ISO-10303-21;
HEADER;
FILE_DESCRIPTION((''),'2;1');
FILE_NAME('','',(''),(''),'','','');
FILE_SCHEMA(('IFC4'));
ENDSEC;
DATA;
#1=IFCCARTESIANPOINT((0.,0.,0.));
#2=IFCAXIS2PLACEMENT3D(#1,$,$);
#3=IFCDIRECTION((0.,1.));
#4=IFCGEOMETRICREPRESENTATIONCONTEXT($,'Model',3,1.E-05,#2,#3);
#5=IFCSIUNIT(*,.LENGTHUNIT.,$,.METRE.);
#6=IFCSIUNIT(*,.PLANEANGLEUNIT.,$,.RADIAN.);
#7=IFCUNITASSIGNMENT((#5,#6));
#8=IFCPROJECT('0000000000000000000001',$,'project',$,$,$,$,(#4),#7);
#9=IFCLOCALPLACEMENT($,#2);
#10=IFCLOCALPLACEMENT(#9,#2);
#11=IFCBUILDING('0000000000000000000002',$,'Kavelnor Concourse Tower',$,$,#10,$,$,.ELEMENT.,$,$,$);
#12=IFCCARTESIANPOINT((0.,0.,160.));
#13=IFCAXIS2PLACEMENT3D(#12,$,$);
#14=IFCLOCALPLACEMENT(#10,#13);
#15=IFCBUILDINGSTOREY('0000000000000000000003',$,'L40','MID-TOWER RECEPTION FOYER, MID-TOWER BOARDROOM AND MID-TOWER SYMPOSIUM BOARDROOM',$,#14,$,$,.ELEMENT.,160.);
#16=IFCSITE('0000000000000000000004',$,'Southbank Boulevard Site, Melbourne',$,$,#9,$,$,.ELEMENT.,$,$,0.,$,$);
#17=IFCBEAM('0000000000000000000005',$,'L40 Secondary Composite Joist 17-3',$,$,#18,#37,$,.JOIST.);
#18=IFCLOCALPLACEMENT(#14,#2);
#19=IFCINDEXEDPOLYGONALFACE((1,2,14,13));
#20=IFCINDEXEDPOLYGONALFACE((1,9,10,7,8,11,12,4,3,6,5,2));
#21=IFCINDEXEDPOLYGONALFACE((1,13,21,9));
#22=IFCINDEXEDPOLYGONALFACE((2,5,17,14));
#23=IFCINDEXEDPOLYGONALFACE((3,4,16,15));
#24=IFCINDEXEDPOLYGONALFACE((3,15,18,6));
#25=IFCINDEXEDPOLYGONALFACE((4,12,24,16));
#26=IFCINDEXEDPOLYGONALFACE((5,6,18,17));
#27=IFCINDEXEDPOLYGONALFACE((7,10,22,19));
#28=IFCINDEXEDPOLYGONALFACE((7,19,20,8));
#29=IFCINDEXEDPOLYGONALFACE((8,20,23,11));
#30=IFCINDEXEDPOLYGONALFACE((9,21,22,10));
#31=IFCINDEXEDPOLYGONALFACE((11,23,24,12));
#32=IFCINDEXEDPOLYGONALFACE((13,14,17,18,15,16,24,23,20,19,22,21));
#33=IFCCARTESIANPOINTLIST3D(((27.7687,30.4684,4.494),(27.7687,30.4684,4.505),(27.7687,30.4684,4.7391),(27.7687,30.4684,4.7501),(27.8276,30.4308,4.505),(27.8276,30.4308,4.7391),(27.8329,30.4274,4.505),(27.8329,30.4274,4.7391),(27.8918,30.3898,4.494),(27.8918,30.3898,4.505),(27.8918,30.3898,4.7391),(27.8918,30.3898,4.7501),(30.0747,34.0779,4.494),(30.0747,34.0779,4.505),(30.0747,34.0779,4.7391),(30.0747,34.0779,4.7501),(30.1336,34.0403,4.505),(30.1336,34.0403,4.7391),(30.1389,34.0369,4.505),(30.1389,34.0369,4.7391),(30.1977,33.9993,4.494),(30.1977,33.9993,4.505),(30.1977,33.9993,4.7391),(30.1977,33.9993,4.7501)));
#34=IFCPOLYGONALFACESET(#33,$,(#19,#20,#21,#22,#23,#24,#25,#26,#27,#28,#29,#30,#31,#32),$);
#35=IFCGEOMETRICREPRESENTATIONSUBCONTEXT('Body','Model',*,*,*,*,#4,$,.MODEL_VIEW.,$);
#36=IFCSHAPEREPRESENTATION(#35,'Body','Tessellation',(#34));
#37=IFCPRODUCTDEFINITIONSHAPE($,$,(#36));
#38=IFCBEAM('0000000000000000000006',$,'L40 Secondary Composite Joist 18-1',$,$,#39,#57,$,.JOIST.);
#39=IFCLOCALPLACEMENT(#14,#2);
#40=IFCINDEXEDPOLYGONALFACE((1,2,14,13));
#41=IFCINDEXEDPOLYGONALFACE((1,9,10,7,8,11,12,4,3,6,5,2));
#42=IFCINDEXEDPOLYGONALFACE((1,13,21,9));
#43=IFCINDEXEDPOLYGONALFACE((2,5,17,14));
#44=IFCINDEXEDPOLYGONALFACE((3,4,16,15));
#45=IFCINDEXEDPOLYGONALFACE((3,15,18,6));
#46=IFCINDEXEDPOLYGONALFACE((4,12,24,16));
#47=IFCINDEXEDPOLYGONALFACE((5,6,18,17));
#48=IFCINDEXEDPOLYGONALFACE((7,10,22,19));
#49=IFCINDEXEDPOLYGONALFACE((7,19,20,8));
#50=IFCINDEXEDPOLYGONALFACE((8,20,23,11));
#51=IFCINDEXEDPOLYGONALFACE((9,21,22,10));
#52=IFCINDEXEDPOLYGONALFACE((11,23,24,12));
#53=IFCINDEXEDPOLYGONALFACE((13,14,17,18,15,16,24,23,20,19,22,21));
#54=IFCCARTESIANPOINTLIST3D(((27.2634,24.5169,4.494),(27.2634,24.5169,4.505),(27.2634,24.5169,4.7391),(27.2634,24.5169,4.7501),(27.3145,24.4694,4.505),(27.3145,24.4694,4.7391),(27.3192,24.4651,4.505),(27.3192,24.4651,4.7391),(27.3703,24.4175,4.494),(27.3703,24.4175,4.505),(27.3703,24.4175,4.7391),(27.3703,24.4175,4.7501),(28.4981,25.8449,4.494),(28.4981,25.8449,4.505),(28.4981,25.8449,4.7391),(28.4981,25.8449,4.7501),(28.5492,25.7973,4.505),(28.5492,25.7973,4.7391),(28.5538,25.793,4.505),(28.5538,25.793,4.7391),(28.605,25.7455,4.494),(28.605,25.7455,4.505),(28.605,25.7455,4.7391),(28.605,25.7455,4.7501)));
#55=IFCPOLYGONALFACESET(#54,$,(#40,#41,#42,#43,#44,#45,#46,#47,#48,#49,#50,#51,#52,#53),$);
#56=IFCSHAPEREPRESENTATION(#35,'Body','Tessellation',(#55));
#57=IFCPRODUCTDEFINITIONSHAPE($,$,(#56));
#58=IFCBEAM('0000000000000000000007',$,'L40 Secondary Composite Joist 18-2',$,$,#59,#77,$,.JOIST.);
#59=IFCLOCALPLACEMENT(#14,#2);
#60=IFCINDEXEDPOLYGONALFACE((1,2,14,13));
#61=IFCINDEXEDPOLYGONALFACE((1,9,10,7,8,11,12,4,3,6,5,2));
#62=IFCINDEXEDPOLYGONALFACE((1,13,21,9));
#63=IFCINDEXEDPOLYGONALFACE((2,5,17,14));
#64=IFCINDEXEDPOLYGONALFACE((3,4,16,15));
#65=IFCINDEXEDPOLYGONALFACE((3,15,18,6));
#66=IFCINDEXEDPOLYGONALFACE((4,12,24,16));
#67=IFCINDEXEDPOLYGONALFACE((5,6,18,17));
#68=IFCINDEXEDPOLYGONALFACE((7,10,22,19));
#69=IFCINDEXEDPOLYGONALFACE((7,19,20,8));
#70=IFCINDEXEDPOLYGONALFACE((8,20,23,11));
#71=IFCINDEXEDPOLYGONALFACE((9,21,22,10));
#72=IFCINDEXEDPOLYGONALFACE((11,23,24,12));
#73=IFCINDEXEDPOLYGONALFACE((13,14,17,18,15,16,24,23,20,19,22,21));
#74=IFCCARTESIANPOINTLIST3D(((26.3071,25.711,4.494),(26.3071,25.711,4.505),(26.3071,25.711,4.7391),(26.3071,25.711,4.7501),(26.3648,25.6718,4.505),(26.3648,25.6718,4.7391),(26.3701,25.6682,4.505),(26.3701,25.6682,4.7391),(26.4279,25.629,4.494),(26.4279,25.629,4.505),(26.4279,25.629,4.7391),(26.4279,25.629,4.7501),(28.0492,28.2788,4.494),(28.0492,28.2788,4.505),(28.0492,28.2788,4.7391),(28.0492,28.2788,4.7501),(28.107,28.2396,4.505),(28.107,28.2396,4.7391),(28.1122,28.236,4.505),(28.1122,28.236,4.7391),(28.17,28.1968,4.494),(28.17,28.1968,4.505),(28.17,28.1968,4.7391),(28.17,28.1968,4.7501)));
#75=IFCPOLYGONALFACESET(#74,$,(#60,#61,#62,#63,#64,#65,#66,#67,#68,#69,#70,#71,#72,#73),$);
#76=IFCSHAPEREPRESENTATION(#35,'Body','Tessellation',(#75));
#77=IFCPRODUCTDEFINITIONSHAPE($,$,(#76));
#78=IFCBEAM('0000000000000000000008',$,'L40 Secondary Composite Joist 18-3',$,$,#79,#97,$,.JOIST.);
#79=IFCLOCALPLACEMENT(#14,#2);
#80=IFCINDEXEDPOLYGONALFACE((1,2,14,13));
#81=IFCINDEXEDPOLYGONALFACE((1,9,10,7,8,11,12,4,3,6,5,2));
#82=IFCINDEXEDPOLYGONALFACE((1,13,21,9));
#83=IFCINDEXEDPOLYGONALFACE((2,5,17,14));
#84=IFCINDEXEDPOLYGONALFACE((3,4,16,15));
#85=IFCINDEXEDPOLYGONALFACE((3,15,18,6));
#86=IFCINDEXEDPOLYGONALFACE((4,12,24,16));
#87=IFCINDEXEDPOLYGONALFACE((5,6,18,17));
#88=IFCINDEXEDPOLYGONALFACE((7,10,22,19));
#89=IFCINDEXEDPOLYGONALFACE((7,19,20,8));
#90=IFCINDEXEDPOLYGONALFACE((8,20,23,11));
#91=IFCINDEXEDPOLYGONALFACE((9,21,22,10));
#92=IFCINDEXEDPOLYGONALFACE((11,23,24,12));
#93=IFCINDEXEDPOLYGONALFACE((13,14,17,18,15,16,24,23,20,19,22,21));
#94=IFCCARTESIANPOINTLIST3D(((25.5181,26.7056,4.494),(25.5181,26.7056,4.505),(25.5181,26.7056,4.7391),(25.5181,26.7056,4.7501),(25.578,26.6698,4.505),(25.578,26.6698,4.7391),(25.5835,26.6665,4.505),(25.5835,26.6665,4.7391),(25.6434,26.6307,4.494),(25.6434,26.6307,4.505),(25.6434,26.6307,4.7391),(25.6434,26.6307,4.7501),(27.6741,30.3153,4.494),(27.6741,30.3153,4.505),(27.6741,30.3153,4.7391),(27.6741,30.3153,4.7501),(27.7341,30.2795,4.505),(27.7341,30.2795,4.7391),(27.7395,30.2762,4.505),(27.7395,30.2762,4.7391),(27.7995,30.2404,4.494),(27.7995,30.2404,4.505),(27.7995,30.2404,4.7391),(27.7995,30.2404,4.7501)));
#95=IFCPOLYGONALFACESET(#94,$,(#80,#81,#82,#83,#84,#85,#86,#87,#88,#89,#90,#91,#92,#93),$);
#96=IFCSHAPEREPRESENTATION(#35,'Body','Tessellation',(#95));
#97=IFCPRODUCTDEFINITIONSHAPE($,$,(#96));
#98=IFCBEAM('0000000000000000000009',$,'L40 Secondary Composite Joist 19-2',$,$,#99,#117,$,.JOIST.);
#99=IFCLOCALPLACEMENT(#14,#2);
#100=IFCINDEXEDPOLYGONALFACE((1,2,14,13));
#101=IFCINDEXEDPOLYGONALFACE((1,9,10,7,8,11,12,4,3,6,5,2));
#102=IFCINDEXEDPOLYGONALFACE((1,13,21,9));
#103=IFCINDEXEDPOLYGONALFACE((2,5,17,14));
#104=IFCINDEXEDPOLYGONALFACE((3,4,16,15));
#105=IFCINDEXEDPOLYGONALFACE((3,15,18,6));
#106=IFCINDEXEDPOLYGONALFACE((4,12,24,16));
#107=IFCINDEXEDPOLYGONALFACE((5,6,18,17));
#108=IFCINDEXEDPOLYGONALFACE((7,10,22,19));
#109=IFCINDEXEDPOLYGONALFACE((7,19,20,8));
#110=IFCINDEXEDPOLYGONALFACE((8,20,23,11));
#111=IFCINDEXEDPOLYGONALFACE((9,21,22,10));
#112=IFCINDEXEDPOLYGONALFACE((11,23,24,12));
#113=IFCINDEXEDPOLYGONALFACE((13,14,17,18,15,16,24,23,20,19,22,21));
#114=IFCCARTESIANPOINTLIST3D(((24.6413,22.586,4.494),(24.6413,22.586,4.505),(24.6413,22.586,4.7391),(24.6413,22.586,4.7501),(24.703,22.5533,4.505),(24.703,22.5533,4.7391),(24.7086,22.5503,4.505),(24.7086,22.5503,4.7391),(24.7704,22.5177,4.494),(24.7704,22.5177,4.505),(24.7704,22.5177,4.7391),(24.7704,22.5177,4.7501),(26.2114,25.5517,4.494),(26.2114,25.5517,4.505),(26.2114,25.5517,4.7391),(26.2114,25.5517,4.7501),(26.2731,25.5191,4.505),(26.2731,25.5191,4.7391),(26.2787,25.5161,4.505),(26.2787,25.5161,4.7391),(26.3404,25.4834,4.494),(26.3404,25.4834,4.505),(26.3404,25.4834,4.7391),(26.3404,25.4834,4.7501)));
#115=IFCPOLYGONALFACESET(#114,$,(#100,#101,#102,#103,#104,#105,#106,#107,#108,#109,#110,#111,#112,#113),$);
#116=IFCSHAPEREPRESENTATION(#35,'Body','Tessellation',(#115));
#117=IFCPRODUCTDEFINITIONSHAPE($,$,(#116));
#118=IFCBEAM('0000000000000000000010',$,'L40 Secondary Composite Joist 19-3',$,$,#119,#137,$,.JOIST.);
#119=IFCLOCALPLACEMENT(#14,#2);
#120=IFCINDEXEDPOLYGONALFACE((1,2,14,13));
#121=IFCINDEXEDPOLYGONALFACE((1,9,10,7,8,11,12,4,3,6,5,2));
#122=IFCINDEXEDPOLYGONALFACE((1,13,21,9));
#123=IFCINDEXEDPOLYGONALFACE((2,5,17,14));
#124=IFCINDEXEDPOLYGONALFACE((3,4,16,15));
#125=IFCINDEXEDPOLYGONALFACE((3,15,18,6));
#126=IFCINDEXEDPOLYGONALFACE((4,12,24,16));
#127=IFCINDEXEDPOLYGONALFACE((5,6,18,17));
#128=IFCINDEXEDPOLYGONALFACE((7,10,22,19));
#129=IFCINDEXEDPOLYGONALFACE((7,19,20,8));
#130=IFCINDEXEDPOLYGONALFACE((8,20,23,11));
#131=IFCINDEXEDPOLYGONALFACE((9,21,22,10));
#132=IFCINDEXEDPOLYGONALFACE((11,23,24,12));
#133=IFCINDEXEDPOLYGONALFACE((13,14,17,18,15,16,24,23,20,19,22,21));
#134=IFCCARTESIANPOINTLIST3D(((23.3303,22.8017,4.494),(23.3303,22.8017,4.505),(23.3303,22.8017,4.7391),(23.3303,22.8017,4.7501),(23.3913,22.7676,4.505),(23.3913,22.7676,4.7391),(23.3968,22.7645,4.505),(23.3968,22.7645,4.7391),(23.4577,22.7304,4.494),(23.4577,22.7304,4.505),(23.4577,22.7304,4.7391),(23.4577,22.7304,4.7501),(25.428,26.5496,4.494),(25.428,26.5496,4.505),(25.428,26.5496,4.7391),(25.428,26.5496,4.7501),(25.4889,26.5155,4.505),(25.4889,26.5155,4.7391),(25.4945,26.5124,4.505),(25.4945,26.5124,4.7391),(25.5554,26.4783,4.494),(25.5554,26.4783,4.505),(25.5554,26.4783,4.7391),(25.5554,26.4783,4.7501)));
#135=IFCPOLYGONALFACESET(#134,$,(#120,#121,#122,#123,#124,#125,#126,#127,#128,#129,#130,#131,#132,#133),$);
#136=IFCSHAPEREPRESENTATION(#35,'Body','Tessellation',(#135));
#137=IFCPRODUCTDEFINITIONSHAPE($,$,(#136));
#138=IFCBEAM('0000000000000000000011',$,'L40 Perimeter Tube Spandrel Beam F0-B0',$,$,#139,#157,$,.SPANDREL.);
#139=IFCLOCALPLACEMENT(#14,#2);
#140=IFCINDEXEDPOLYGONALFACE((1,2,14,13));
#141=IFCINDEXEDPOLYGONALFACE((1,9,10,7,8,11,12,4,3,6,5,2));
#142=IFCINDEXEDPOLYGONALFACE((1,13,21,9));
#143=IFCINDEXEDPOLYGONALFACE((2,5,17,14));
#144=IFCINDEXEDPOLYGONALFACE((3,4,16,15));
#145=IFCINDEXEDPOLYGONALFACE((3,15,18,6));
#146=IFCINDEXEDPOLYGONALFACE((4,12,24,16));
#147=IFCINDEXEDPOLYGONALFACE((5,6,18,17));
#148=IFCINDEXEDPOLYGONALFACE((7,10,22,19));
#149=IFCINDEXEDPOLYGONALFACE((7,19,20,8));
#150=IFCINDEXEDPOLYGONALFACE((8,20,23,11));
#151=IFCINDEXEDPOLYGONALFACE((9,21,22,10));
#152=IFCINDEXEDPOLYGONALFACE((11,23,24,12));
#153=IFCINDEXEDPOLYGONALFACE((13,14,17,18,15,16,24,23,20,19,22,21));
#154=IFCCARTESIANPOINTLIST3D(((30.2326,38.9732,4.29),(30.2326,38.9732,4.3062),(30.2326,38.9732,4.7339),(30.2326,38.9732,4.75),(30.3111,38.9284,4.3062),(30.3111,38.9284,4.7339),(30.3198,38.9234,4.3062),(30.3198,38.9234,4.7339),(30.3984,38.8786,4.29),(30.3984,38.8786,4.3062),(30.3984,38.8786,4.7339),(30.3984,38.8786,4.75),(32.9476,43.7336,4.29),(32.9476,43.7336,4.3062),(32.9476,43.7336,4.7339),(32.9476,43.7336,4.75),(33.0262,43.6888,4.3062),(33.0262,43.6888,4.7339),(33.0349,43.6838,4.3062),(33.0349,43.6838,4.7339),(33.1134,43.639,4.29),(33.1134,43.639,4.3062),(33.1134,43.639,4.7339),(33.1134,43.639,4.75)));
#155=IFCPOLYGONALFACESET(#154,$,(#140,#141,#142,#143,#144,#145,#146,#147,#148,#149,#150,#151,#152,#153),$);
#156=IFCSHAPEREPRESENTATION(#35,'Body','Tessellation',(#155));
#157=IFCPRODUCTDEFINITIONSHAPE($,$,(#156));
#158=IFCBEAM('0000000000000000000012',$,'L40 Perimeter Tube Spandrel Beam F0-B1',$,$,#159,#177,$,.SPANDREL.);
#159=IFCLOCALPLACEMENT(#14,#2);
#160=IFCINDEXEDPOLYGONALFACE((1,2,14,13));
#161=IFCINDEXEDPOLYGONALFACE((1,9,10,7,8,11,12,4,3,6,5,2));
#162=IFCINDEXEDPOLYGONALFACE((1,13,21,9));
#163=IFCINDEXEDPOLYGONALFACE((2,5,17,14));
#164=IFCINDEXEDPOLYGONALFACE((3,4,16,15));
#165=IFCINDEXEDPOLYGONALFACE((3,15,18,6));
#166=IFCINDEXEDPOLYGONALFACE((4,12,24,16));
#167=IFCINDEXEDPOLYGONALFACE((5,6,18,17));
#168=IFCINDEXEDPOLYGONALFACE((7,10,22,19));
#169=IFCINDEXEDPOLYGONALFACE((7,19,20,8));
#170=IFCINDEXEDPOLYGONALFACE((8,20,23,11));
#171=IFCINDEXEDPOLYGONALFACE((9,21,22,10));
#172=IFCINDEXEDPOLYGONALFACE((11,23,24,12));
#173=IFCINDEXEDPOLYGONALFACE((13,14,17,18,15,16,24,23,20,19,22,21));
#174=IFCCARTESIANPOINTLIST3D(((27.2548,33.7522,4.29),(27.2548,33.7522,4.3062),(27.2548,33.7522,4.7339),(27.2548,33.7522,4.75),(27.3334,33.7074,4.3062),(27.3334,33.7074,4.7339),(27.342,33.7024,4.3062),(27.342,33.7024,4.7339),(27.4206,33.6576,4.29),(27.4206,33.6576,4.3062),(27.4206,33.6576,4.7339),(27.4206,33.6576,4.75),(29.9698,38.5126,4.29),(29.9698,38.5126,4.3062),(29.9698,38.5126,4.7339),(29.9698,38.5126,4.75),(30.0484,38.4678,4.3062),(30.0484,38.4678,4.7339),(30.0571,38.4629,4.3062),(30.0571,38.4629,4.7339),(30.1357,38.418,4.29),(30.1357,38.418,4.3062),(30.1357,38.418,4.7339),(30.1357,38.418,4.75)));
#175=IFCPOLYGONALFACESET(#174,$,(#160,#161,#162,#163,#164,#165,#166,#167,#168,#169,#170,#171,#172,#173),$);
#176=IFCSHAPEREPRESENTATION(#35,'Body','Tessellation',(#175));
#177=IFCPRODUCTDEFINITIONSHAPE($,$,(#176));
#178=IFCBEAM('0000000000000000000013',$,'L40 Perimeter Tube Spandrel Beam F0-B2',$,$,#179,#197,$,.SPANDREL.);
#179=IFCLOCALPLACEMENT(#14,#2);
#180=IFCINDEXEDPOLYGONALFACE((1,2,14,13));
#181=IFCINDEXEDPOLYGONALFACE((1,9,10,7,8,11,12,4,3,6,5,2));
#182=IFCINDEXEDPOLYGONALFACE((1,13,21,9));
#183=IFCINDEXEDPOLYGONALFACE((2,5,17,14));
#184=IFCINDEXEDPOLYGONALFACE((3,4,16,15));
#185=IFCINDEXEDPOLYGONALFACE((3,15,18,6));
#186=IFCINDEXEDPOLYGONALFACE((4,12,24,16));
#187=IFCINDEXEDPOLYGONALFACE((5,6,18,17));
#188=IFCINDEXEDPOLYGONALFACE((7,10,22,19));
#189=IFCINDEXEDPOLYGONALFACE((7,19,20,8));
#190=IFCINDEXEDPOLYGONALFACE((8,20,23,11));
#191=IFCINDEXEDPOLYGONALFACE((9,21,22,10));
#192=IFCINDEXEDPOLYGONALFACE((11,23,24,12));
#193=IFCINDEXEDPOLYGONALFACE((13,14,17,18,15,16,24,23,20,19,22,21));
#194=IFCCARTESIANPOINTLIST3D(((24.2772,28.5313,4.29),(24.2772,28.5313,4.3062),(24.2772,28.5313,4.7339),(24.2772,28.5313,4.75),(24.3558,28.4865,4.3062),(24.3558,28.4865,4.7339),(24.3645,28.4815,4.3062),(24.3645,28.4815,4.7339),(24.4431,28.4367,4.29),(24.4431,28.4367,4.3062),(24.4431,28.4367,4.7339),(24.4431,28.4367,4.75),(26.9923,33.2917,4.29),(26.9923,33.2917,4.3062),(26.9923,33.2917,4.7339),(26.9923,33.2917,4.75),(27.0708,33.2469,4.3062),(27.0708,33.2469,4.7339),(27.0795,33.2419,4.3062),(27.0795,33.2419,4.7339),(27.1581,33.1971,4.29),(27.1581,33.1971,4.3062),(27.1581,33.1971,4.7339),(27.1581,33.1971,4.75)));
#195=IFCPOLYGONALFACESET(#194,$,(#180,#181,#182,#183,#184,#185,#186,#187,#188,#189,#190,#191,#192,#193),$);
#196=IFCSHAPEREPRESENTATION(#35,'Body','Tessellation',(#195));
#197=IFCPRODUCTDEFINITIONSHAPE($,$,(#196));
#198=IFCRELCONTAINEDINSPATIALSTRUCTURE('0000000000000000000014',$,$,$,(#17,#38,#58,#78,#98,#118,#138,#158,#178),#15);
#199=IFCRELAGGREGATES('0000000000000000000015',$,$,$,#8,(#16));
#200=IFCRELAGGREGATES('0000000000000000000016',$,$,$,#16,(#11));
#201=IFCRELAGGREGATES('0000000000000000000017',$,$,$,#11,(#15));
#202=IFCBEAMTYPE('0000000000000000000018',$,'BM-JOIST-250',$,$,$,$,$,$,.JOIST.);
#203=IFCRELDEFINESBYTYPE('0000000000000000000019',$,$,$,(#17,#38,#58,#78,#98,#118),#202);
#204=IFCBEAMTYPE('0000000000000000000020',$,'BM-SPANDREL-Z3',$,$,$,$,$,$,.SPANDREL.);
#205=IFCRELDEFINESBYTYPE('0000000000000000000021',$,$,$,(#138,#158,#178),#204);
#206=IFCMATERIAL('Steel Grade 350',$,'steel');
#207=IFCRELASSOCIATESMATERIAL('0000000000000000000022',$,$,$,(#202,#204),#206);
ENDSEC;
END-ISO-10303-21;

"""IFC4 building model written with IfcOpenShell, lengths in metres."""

from ifc_helpers import new_model, si_unit, direction, frame, origin, origin_2d, place, context, subcontext, project, spatial, i_section, extrude, material, material_profile, profile_set, type_object, element, save


model = new_model("IFC4")

# Units and contexts
model_context = context("Model", 3, precision=1e-05, world=origin(), true_north=direction((0.0, 1.0)))
body_context = subcontext(model_context, "Body", "Model", "MODEL_VIEW")
ifc_project = project(units=[si_unit("LENGTHUNIT", "METRE"), si_unit("PLANEANGLEUNIT", "RADIAN")], contexts=[model_context])

# Site, building, storey
site_placement = place(None, origin())
site = spatial("IfcSite", under=ifc_project, at=site_placement, Name="Southbank Boulevard Site, Melbourne", CompositionType="ELEMENT", RefElevation=0.0)
building_placement = place(site_placement, origin())
building = spatial("IfcBuilding", under=site, at=building_placement, Name="Kavelnor Concourse Tower", CompositionType="ELEMENT")
storey_placement = place(building_placement, frame((0.0, 0.0, 160.0)))
storey = spatial("IfcBuildingStorey", under=building, at=storey_placement, Name="L40", Description="MID-TOWER RECEPTION FOYER, MID-TOWER BOARDROOM AND MID-TOWER SYMPOSIUM BOARDROOM", CompositionType="ELEMENT", Elevation=160.0)

# Shared definitions
ifc_material_1 = material(Name="Steel Grade 350", Category="steel")

# Beams
ifc_material_profile_1 = material_profile(ifc_material_1, i_section(OverallWidth=0.146, OverallDepth=0.2561, WebThickness=0.0063, FlangeThickness=0.011, at=origin_2d()), Name="250UB37")
ifc_profile_set_1 = profile_set([ifc_material_profile_1], Name="Steel Grade 350")
beam_type_1 = type_object("IfcBeamType", Name="BM-JOIST-250", PredefinedType="JOIST", material=ifc_profile_set_1)
beam_1_placement = place(storey_placement, frame((30.1362, 34.0386, 4.6221), z_axis=(-0.538376, -0.842705, 0.0), x_axis=(0.842705, -0.538376, 0.0)))
element("IfcBeam", 1, at=beam_1_placement, inside=storey, type_object=beam_type_1, Name="L40 Secondary Composite Joist 17-3", PredefinedType="JOIST", context=body_context, shape_type="SweptSolid", body=[
    extrude(i_section(OverallWidth=0.146, OverallDepth=0.2561, WebThickness=0.0063, FlangeThickness=0.011, at=origin_2d()), origin(), (0.0, 0.0, 1.0), 4.2832),
])
beam_2_placement = place(storey_placement, frame((28.5515, 25.7952, 4.6221), z_axis=(-0.680921, -0.732357, 0.0), x_axis=(0.732357, -0.680921, 0.0)))
element("IfcBeam", 2, at=beam_2_placement, inside=storey, type_object=beam_type_1, Name="L40 Secondary Composite Joist 18-1", PredefinedType="JOIST", context=body_context, shape_type="SweptSolid", body=[
    extrude(i_section(OverallWidth=0.146, OverallDepth=0.2561, WebThickness=0.0063, FlangeThickness=0.011, at=origin_2d()), origin(), (0.0, 0.0, 1.0), 1.8132),
])
beam_3_placement = place(storey_placement, frame((28.1096, 28.2378, 4.6221), z_axis=(-0.561436, -0.82752, 0.0), x_axis=(0.82752, -0.561436, 0.0)))
element("IfcBeam", 3, at=beam_3_placement, inside=storey, type_object=beam_type_1, Name="L40 Secondary Composite Joist 18-2", PredefinedType="JOIST", context=body_context, shape_type="SweptSolid", body=[
    extrude(i_section(OverallWidth=0.146, OverallDepth=0.2561, WebThickness=0.0063, FlangeThickness=0.011, at=origin_2d()), origin(), (0.0, 0.0, 1.0), 3.103),
])
beam_4_placement = place(storey_placement, frame((27.7368, 30.2778, 4.6221), z_axis=(-0.512787, -0.858516, 0.0), x_axis=(0.858516, -0.512787, 0.0)))
element("IfcBeam", 4, at=beam_4_placement, inside=storey, type_object=beam_type_1, Name="L40 Secondary Composite Joist 18-3", PredefinedType="JOIST", context=body_context, shape_type="SweptSolid", body=[
    extrude(i_section(OverallWidth=0.146, OverallDepth=0.2561, WebThickness=0.0063, FlangeThickness=0.011, at=origin_2d()), origin(), (0.0, 0.0, 1.0), 4.2046),
])
beam_5_placement = place(storey_placement, frame((26.2759, 25.5176, 4.6221), z_axis=(-0.467871, -0.883797, 0.0), x_axis=(0.883797, -0.467871, 0.0)))
element("IfcBeam", 5, at=beam_5_placement, inside=storey, type_object=beam_type_1, Name="L40 Secondary Composite Joist 19-2", PredefinedType="JOIST", context=body_context, shape_type="SweptSolid", body=[
    extrude(i_section(OverallWidth=0.146, OverallDepth=0.2561, WebThickness=0.0063, FlangeThickness=0.011, at=origin_2d()), origin(), (0.0, 0.0, 1.0), 3.3557),
])
beam_6_placement = place(storey_placement, frame((25.4917, 26.5139, 4.6221), z_axis=(-0.488406, -0.872616, 0.0), x_axis=(0.872616, -0.488406, 0.0)))
element("IfcBeam", 6, at=beam_6_placement, inside=storey, type_object=beam_type_1, Name="L40 Secondary Composite Joist 19-3", PredefinedType="JOIST", context=body_context, shape_type="SweptSolid", body=[
    extrude(i_section(OverallWidth=0.146, OverallDepth=0.2561, WebThickness=0.0063, FlangeThickness=0.011, at=origin_2d()), origin(), (0.0, 0.0, 1.0), 4.2949),
])
ifc_material_profile_2 = material_profile(ifc_material_1, i_section(OverallWidth=0.1909, OverallDepth=0.46, WebThickness=0.01, FlangeThickness=0.0161, at=origin_2d()), Name="460UB82")
ifc_profile_set_2 = profile_set([ifc_material_profile_2], Name="Steel Grade 350")
beam_type_2 = type_object("IfcBeamType", Name="BM-SPANDREL-Z3", PredefinedType="SPANDREL", material=ifc_profile_set_2)
for number, where, z_axis, x_axis, name in (
    (7, (33.0305, 43.6863, 4.52), (-0.495424, -0.868651, 0.0), (0.868651, -0.495424, 0.0), "L40 Perimeter Tube Spandrel Beam F0-B0"),
    (8, (30.0527, 38.4653, 4.52), (-0.495424, -0.868651, 0.0), (0.868651, -0.495424, 0.0), "L40 Perimeter Tube Spandrel Beam F0-B1"),
    (9, (27.0752, 33.2444, 4.52), (-0.495424, -0.868651, 0.0), (0.868651, -0.495424, 0.0), "L40 Perimeter Tube Spandrel Beam F0-B2"),
):
    element("IfcBeam", number, at=place(storey_placement, frame(where, z_axis=z_axis, x_axis=x_axis)), inside=storey, type_object=beam_type_2, Name=name, PredefinedType="SPANDREL", context=body_context, shape_type="SweptSolid", body=[
        extrude(i_section(OverallWidth=0.1909, OverallDepth=0.46, WebThickness=0.01, FlangeThickness=0.0161, at=origin_2d()), origin(), (0.0, 0.0, 1.0), 5.4802),
    ])

save(model, "model.ifc")
